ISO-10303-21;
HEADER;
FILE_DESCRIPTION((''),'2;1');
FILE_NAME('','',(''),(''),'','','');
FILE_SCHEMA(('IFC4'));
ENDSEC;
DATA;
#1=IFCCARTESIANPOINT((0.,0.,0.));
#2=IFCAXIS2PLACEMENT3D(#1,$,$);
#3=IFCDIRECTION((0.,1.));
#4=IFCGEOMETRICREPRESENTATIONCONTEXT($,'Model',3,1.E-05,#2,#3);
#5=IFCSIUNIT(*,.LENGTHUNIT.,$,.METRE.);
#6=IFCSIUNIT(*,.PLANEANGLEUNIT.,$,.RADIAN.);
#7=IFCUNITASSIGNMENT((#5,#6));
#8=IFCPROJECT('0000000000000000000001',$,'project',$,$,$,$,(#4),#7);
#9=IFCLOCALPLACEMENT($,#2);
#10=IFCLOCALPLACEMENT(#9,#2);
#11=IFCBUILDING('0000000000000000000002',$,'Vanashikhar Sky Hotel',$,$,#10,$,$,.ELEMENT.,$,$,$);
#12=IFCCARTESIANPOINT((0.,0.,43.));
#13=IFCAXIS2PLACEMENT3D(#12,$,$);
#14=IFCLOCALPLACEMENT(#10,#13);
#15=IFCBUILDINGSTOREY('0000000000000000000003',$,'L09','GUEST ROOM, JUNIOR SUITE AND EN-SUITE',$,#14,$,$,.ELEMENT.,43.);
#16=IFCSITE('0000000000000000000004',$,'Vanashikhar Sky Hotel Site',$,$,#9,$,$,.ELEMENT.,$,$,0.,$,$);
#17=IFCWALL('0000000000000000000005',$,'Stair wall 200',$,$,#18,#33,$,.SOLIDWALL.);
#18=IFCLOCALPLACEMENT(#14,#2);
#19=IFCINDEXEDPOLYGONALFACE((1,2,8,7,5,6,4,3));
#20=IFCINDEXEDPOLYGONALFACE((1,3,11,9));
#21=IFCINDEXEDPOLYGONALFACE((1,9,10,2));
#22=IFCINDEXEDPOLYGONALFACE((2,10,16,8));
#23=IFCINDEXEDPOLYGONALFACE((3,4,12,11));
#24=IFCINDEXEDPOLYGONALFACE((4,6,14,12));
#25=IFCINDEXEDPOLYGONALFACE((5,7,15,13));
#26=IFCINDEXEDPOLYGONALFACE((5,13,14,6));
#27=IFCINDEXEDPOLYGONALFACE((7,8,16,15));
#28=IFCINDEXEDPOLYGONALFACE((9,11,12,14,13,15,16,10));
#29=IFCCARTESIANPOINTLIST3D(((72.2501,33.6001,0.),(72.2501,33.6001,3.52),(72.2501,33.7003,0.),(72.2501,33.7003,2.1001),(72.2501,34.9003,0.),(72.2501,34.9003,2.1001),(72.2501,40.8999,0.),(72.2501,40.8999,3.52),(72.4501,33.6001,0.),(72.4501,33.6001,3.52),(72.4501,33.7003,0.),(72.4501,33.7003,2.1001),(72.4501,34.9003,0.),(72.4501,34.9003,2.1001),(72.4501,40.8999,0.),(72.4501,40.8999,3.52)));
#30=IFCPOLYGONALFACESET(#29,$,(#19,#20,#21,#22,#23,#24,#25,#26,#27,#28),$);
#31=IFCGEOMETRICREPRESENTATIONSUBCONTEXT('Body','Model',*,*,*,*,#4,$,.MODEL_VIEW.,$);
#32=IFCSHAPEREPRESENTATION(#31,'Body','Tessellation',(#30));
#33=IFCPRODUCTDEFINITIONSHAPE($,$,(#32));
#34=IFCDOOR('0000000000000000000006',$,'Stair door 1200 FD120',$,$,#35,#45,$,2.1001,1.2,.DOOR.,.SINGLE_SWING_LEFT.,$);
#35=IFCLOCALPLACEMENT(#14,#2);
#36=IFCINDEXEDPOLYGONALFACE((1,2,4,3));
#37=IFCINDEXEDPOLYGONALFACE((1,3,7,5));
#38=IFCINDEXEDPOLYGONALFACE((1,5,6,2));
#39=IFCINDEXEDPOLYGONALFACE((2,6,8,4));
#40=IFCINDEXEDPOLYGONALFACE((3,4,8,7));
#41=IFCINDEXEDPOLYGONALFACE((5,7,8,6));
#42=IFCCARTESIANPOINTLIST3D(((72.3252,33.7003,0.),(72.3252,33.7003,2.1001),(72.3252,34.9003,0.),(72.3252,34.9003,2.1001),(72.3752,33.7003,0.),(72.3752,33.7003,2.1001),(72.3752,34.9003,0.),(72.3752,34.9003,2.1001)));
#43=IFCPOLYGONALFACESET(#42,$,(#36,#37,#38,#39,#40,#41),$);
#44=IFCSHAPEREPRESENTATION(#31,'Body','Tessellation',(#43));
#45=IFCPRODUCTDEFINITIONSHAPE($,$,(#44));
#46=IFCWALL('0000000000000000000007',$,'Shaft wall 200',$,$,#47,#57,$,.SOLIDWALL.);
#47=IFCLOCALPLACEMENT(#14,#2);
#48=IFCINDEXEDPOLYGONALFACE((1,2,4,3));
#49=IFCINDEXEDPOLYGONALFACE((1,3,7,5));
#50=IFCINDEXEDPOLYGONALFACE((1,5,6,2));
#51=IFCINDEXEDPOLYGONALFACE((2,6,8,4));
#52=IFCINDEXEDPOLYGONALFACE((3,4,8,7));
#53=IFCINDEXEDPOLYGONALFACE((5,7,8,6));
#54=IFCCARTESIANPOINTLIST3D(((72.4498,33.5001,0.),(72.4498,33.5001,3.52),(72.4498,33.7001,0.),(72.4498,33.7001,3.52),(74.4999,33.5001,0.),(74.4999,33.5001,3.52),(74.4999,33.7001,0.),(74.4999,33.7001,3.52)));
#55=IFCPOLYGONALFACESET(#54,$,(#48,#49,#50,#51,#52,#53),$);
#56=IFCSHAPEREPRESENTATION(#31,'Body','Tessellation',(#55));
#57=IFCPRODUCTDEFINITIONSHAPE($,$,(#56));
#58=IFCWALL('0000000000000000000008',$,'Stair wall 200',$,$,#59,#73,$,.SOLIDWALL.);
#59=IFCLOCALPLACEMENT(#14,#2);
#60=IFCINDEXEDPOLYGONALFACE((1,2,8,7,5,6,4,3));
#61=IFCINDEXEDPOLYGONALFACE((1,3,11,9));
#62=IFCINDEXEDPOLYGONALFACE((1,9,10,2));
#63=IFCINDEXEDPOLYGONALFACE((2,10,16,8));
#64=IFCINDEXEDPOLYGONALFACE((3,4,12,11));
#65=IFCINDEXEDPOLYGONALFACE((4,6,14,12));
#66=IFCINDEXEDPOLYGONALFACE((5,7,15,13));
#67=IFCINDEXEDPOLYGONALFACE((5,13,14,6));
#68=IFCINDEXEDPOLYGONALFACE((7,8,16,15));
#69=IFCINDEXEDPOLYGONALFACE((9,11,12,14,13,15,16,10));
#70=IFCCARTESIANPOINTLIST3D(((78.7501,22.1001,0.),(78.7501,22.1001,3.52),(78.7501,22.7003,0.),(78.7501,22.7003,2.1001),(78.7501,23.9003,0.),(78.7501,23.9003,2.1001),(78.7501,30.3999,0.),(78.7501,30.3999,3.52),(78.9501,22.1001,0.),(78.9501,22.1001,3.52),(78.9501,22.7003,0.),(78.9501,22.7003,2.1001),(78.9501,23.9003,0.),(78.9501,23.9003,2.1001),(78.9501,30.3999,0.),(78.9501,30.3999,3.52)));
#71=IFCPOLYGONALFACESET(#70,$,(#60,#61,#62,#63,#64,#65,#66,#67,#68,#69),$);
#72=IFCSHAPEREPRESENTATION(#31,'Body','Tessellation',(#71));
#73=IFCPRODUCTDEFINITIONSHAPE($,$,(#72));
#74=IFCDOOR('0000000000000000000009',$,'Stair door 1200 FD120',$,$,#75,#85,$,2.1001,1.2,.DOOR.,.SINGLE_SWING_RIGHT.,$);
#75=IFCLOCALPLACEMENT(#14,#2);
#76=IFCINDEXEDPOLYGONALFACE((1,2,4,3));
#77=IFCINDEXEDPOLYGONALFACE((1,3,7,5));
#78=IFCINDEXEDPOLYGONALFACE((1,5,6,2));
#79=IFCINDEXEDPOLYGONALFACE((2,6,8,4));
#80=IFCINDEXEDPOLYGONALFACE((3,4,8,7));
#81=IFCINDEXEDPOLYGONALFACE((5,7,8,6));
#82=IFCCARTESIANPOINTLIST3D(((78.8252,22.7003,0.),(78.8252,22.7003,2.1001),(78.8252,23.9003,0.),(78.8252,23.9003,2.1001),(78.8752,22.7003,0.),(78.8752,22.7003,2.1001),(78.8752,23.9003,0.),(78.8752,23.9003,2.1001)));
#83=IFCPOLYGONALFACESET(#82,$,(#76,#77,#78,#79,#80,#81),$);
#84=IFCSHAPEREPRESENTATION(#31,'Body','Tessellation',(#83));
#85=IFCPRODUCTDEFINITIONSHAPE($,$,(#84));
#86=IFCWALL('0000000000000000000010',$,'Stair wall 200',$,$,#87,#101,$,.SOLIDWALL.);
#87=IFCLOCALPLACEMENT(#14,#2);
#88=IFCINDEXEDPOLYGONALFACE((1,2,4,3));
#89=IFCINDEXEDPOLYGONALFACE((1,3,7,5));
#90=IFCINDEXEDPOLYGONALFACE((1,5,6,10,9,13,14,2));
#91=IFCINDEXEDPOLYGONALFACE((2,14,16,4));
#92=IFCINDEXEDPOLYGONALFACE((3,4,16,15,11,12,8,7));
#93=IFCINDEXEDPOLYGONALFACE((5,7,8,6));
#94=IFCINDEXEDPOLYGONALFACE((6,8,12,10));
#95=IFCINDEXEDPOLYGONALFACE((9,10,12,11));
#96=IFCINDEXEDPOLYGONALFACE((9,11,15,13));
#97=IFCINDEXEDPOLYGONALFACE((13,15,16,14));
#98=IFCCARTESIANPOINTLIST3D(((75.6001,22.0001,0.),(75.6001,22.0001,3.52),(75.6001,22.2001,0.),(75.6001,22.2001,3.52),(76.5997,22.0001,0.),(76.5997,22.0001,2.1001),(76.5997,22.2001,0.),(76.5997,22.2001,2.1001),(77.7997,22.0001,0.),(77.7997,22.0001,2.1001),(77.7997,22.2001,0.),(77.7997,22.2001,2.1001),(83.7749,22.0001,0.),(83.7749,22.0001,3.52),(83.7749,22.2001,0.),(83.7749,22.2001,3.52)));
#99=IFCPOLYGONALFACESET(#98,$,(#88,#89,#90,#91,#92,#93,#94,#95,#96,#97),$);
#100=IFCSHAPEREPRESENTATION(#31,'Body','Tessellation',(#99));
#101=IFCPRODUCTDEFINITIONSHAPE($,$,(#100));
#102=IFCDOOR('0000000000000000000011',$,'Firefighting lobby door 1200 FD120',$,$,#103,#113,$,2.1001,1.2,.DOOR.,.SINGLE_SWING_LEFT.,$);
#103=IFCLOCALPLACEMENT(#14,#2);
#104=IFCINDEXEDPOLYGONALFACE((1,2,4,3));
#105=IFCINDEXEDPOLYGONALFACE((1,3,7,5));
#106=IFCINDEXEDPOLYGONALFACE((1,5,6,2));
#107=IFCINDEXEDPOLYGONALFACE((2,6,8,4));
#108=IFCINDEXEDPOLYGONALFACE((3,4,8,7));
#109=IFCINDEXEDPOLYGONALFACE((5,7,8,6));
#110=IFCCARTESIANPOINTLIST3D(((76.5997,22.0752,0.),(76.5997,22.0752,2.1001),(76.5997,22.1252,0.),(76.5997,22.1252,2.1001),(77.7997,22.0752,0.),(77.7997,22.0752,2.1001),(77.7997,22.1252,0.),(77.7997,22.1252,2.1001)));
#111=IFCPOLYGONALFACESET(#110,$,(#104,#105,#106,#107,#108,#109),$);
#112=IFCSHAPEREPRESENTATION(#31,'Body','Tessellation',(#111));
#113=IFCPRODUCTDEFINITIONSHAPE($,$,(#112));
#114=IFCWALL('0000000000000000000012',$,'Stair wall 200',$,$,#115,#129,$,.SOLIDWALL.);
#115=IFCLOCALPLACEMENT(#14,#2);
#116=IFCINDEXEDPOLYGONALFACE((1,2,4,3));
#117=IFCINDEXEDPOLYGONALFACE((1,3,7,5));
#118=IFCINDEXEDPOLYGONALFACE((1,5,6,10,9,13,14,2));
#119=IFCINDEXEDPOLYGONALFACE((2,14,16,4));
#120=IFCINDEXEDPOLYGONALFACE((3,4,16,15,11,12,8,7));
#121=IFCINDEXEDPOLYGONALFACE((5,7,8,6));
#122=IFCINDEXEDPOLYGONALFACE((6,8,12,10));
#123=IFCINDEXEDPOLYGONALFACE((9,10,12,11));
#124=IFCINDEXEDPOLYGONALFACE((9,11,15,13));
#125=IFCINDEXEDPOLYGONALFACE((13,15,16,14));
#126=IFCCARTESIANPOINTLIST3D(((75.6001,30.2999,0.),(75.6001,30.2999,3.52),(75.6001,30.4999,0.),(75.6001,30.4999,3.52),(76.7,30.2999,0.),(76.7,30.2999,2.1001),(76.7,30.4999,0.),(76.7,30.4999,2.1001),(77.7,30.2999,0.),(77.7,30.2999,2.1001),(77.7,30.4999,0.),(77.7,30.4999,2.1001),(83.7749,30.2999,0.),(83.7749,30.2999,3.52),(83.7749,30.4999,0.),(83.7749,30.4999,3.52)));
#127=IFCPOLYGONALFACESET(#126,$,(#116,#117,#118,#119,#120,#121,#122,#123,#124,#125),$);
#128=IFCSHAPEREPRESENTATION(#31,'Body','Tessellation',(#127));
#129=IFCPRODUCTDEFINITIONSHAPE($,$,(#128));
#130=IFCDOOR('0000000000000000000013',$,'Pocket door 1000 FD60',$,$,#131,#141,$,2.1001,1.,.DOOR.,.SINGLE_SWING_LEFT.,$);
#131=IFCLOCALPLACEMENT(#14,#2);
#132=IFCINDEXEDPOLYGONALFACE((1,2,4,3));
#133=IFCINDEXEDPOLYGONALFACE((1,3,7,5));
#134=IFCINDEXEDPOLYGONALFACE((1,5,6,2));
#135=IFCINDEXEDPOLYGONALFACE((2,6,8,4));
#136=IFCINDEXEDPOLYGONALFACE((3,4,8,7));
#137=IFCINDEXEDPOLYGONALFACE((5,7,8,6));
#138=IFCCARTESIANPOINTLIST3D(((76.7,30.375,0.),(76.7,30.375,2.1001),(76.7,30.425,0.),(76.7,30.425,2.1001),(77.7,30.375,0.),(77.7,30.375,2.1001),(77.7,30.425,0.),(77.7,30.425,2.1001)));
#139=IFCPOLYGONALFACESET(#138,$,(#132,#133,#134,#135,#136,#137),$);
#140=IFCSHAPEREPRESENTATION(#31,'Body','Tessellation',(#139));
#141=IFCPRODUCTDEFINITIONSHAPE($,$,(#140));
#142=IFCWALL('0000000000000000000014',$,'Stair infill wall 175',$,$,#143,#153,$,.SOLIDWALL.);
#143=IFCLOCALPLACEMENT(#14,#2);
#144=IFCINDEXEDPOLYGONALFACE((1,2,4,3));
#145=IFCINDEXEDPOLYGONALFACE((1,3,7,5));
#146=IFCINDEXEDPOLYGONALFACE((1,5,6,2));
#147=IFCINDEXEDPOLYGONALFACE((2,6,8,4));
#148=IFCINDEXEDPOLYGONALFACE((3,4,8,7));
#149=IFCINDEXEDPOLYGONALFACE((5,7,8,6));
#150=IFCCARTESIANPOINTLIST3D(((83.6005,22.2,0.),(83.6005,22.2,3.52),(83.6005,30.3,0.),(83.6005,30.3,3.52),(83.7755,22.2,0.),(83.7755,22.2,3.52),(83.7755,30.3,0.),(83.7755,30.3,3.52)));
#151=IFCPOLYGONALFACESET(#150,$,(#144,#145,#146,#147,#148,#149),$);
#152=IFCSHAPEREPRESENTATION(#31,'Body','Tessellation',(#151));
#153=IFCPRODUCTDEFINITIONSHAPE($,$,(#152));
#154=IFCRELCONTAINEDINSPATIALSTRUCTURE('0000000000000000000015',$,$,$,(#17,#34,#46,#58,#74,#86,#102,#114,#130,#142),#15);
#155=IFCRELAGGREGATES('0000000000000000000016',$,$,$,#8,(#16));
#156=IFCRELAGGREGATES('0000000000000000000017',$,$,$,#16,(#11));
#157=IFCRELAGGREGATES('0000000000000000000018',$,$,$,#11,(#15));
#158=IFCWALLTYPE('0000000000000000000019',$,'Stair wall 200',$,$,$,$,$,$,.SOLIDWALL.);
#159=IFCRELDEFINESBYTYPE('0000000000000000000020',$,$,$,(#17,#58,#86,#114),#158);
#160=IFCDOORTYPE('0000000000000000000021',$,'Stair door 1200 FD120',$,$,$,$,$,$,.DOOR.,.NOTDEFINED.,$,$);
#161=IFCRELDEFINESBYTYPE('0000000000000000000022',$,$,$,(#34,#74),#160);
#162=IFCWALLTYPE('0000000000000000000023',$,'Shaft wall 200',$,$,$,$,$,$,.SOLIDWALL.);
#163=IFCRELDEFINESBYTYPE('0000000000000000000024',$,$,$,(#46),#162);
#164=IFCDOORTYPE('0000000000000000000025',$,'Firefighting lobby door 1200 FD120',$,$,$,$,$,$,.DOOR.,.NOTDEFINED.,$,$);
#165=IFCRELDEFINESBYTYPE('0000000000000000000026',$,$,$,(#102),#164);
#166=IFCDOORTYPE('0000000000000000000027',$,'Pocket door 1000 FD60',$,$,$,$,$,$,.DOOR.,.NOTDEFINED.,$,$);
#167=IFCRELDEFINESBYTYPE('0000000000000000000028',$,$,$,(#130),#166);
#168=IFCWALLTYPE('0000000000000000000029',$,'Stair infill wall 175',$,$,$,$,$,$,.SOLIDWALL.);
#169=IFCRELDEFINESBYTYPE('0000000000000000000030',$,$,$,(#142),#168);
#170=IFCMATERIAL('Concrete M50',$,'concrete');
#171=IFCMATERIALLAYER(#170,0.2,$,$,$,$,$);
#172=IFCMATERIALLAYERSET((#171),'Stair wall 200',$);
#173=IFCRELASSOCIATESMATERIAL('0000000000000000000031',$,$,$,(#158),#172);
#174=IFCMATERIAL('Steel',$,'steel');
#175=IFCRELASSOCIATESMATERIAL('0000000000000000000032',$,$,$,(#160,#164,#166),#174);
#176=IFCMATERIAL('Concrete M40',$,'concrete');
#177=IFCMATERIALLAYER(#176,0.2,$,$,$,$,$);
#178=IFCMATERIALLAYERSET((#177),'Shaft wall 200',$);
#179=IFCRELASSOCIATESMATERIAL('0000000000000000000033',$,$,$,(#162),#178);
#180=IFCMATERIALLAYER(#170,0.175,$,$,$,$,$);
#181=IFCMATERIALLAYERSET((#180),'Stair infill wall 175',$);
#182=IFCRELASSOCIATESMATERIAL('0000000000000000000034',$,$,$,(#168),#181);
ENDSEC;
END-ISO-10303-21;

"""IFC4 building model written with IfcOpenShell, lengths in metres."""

from ifc_helpers import new_model, si_unit, direction, frame, frame_2d, origin, place, context, subcontext, project, spatial, rectangle, extrude, source, transform, mapped, material, layer, layer_set, type_object, element, fill, save


model = new_model("IFC4")

# Units and contexts
model_context = context("Model", 3, precision=1e-05, world=origin(), true_north=direction((0.0, 1.0)))
body_context = subcontext(model_context, "Body", "Model", "MODEL_VIEW")
ifc_project = project(units=[si_unit("LENGTHUNIT", "METRE"), si_unit("PLANEANGLEUNIT", "RADIAN")], contexts=[model_context])

# Site, building, storey
site_placement = place(None, origin())
site = spatial("IfcSite", under=ifc_project, at=site_placement, Name="Vanashikhar Sky Hotel Site", CompositionType="ELEMENT", RefElevation=0.0)
building_placement = place(site_placement, origin())
building = spatial("IfcBuilding", under=site, at=building_placement, Name="Vanashikhar Sky Hotel", CompositionType="ELEMENT")
storey_placement = place(building_placement, frame((0.0, 0.0, 43.0)))
storey = spatial("IfcBuildingStorey", under=building, at=storey_placement, Name="L09", Description="GUEST ROOM, JUNIOR SUITE AND EN-SUITE", CompositionType="ELEMENT", Elevation=43.0)

# Shared definitions
ifc_material_1 = material(Name="Concrete M50", Category="concrete")

# Shared definitions
ifc_material_2 = material(Name="Steel", Category="steel")
shared_shape_1 = source(origin(), body_context, "Body", "SweptSolid", [
    extrude(rectangle(XDim=1.0, YDim=2.1001, at=frame_2d((0.5, 1.05))), frame((0.0, 0.0249, 0.0), z_axis=(0.0, -1.0, 0.0), x_axis=(1.0, 0.0, 0.0)), (0.0, 0.0, 1.0), 0.05),
])
shared_shape_2 = source(origin(), body_context, "Body", "SweptSolid", [
    extrude(rectangle(XDim=1.2, YDim=2.1001, at=frame_2d((0.6001, 1.05))), frame((0.0, 0.0249, 0.0), z_axis=(0.0, -1.0, 0.0), x_axis=(1.0, 0.0, 0.0)), (0.0, 0.0, 1.0), 0.05),
])

# Shared definitions
ifc_layer_1 = layer(ifc_material_1, 0.2)
ifc_layer_set_1 = layer_set([ifc_layer_1], Name="Stair wall 200")
wall_type_1 = type_object("IfcWallType", Name="Stair wall 200", PredefinedType="SOLIDWALL", material=ifc_layer_set_1)
shared_shape_3 = source(origin(), body_context, "Body", "SweptSolid", [
    extrude(rectangle(XDim=1.2, YDim=2.1001, at=frame_2d((0.6001, 1.05))), frame((0.0, 0.1099, 0.0), z_axis=(0.0, -1.0, 0.0), x_axis=(1.0, 0.0, 0.0)), (0.0, 0.0, 1.0), 0.22),
])
door_type_1 = type_object("IfcDoorType", Name="Stair door 1200 FD120", OperationType="NOTDEFINED", PredefinedType="DOOR", material=ifc_material_2)

# Shared definitions
ifc_material_3 = material(Name="Concrete M40", Category="concrete")
ifc_layer_2 = layer(ifc_material_3, 0.2)
ifc_layer_set_2 = layer_set([ifc_layer_2], Name="Shaft wall 200")
wall_type_2 = type_object("IfcWallType", Name="Shaft wall 200", PredefinedType="SOLIDWALL", material=ifc_layer_set_2)

# Wall, opening, door
shared_shape_4 = source(origin(), body_context, "Body", "SweptSolid", [
    extrude(rectangle(XDim=7.2998, YDim=0.2, at=frame_2d((3.6499, 0.0))), origin(), (0.0, 0.0, 1.0), 3.52),
])
wall_1_placement = place(storey_placement, frame((72.3501, 33.6001, 0.0), z_axis=(0.0, 0.0, 1.0), x_axis=(0.0, 1.0, 0.0)))
wall_1 = element("IfcWall", 1, at=wall_1_placement, inside=storey, type_object=wall_type_1, Name="Stair wall 200", PredefinedType="SOLIDWALL", context=body_context, shape_type="MappedRepresentation", body=[
    mapped(shared_shape_4, transform((0.0, 0.0, 0.0), scale=1.0)),
])
opening_1_placement = place(wall_1_placement, frame((0.1001, 0.0, 0.0)))
opening_1 = element("IfcOpeningElement", 2, at=opening_1_placement, cuts=wall_1, PredefinedType="OPENING", context=body_context, shape_type="MappedRepresentation", body=[
    mapped(shared_shape_3, transform((0.0, 0.0, 0.0), scale=1.0)),
])
door_1_placement = place(opening_1_placement, origin())
door_1 = element("IfcDoor", 3, at=door_1_placement, inside=storey, type_object=door_type_1, Name="Stair door 1200 FD120", OperationType="SINGLE_SWING_LEFT", OverallHeight=2.1001, OverallWidth=1.2, PredefinedType="DOOR", context=body_context, shape_type="MappedRepresentation", body=[
    mapped(shared_shape_2, transform((0.0, 0.0, 0.0), scale=1.0)),
])
fill(opening_1, door_1)

# Wall
shared_shape_5 = source(origin(), body_context, "Body", "SweptSolid", [
    extrude(rectangle(XDim=2.05, YDim=0.2, at=frame_2d((1.0249, 0.0))), origin(), (0.0, 0.0, 1.0), 3.52),
])
wall_2_placement = place(storey_placement, frame((72.45, 33.6001, 0.0), z_axis=(0.0, 0.0, 1.0), x_axis=(1.0, 0.0, 0.0)))
element("IfcWall", 4, at=wall_2_placement, inside=storey, type_object=wall_type_2, Name="Shaft wall 200", PredefinedType="SOLIDWALL", context=body_context, shape_type="MappedRepresentation", body=[
    mapped(shared_shape_5, transform((0.0, 0.0, 0.0), scale=1.0)),
])

# Walls, openings, doors
shared_shape_6 = source(origin(), body_context, "Body", "SweptSolid", [
    extrude(rectangle(XDim=8.2998, YDim=0.2, at=frame_2d((4.1499, 0.0))), origin(), (0.0, 0.0, 1.0), 3.52),
])
wall_3_placement = place(storey_placement, frame((78.8501, 22.1001, 0.0), z_axis=(0.0, 0.0, 1.0), x_axis=(0.0, 1.0, 0.0)))
wall_3 = element("IfcWall", 5, at=wall_3_placement, inside=storey, type_object=wall_type_1, Name="Stair wall 200", PredefinedType="SOLIDWALL", context=body_context, shape_type="MappedRepresentation", body=[
    mapped(shared_shape_6, transform((0.0, 0.0, 0.0), scale=1.0)),
])
opening_2_placement = place(wall_3_placement, frame((0.6001, 0.0, 0.0)))
opening_2 = element("IfcOpeningElement", 6, at=opening_2_placement, cuts=wall_3, PredefinedType="OPENING", context=body_context, shape_type="MappedRepresentation", body=[
    mapped(shared_shape_3, transform((0.0, 0.0, 0.0), scale=1.0)),
])
door_2_placement = place(opening_2_placement, origin())
door_2 = element("IfcDoor", 7, at=door_2_placement, inside=storey, type_object=door_type_1, Name="Stair door 1200 FD120", OperationType="SINGLE_SWING_RIGHT", OverallHeight=2.1001, OverallWidth=1.2, PredefinedType="DOOR", context=body_context, shape_type="MappedRepresentation", body=[
    mapped(shared_shape_2, transform((0.0, 0.0, 0.0), scale=1.0)),
])
fill(opening_2, door_2)
shared_shape_7 = source(origin(), body_context, "Body", "SweptSolid", [
    extrude(rectangle(XDim=8.1748, YDim=0.2, at=frame_2d((4.0874, 0.0))), origin(), (0.0, 0.0, 1.0), 3.52),
])
wall_4_placement = place(storey_placement, frame((83.7749, 22.1001, 0.0), z_axis=(0.0, 0.0, 1.0), x_axis=(-1.0, 0.0, 0.0)))
wall_4 = element("IfcWall", 8, at=wall_4_placement, inside=storey, type_object=wall_type_1, Name="Stair wall 200", PredefinedType="SOLIDWALL", context=body_context, shape_type="MappedRepresentation", body=[
    mapped(shared_shape_7, transform((0.0, 0.0, 0.0), scale=1.0)),
])
opening_3_placement = place(wall_4_placement, frame((5.9751, 0.0, 0.0)))
opening_3 = element("IfcOpeningElement", 9, at=opening_3_placement, cuts=wall_4, PredefinedType="OPENING", context=body_context, shape_type="MappedRepresentation", body=[
    mapped(shared_shape_3, transform((0.0, 0.0, 0.0), scale=1.0)),
])
door_type_2 = type_object("IfcDoorType", Name="Firefighting lobby door 1200 FD120", OperationType="NOTDEFINED", PredefinedType="DOOR", material=ifc_material_2)
door_3_placement = place(opening_3_placement, origin())
door_3 = element("IfcDoor", 10, at=door_3_placement, inside=storey, type_object=door_type_2, Name="Firefighting lobby door 1200 FD120", OperationType="SINGLE_SWING_LEFT", OverallHeight=2.1001, OverallWidth=1.2, PredefinedType="DOOR", context=body_context, shape_type="MappedRepresentation", body=[
    mapped(shared_shape_2, transform((0.0, 0.0, 0.0), scale=1.0)),
])
fill(opening_3, door_3)
wall_5_placement = place(storey_placement, frame((83.7749, 30.3999, 0.0), z_axis=(0.0, 0.0, 1.0), x_axis=(-1.0, 0.0, 0.0)))
wall_5 = element("IfcWall", 11, at=wall_5_placement, inside=storey, type_object=wall_type_1, Name="Stair wall 200", PredefinedType="SOLIDWALL", context=body_context, shape_type="MappedRepresentation", body=[
    mapped(shared_shape_7, transform((0.0, 0.0, 0.0), scale=1.0)),
])
shared_shape_8 = source(origin(), body_context, "Body", "SweptSolid", [
    extrude(rectangle(XDim=1.0, YDim=2.1001, at=frame_2d((0.5, 1.05))), frame((0.0, 0.1099, 0.0), z_axis=(0.0, -1.0, 0.0), x_axis=(1.0, 0.0, 0.0)), (0.0, 0.0, 1.0), 0.22),
])
opening_4_placement = place(wall_5_placement, frame((6.075, 0.0, 0.0)))
opening_4 = element("IfcOpeningElement", 12, at=opening_4_placement, cuts=wall_5, PredefinedType="OPENING", context=body_context, shape_type="MappedRepresentation", body=[
    mapped(shared_shape_8, transform((0.0, 0.0, 0.0), scale=1.0)),
])
door_type_3 = type_object("IfcDoorType", Name="Pocket door 1000 FD60", OperationType="NOTDEFINED", PredefinedType="DOOR", material=ifc_material_2)
door_4_placement = place(opening_4_placement, origin())
door_4 = element("IfcDoor", 13, at=door_4_placement, inside=storey, type_object=door_type_3, Name="Pocket door 1000 FD60", OperationType="SINGLE_SWING_LEFT", OverallHeight=2.1001, OverallWidth=1.0, PredefinedType="DOOR", context=body_context, shape_type="MappedRepresentation", body=[
    mapped(shared_shape_1, transform((0.0, 0.0, 0.0), scale=1.0)),
])
fill(opening_4, door_4)

# Wall
ifc_layer_3 = layer(ifc_material_1, 0.175)
ifc_layer_set_3 = layer_set([ifc_layer_3], Name="Stair infill wall 175")
wall_type_3 = type_object("IfcWallType", Name="Stair infill wall 175", PredefinedType="SOLIDWALL", material=ifc_layer_set_3)
shared_shape_9 = source(origin(), body_context, "Body", "SweptSolid", [
    extrude(rectangle(XDim=8.1001, YDim=0.175, at=frame_2d((4.05, 0.0))), origin(), (0.0, 0.0, 1.0), 3.52),
])
wall_6_placement = place(storey_placement, frame((83.688, 22.2, 0.0), z_axis=(0.0, 0.0, 1.0), x_axis=(0.0, 1.0, 0.0)))
element("IfcWall", 14, at=wall_6_placement, inside=storey, type_object=wall_type_3, Name="Stair infill wall 175", PredefinedType="SOLIDWALL", context=body_context, shape_type="MappedRepresentation", body=[
    mapped(shared_shape_9, transform((0.0, 0.0, 0.0), scale=1.0)),
])

save(model, "model.ifc")
